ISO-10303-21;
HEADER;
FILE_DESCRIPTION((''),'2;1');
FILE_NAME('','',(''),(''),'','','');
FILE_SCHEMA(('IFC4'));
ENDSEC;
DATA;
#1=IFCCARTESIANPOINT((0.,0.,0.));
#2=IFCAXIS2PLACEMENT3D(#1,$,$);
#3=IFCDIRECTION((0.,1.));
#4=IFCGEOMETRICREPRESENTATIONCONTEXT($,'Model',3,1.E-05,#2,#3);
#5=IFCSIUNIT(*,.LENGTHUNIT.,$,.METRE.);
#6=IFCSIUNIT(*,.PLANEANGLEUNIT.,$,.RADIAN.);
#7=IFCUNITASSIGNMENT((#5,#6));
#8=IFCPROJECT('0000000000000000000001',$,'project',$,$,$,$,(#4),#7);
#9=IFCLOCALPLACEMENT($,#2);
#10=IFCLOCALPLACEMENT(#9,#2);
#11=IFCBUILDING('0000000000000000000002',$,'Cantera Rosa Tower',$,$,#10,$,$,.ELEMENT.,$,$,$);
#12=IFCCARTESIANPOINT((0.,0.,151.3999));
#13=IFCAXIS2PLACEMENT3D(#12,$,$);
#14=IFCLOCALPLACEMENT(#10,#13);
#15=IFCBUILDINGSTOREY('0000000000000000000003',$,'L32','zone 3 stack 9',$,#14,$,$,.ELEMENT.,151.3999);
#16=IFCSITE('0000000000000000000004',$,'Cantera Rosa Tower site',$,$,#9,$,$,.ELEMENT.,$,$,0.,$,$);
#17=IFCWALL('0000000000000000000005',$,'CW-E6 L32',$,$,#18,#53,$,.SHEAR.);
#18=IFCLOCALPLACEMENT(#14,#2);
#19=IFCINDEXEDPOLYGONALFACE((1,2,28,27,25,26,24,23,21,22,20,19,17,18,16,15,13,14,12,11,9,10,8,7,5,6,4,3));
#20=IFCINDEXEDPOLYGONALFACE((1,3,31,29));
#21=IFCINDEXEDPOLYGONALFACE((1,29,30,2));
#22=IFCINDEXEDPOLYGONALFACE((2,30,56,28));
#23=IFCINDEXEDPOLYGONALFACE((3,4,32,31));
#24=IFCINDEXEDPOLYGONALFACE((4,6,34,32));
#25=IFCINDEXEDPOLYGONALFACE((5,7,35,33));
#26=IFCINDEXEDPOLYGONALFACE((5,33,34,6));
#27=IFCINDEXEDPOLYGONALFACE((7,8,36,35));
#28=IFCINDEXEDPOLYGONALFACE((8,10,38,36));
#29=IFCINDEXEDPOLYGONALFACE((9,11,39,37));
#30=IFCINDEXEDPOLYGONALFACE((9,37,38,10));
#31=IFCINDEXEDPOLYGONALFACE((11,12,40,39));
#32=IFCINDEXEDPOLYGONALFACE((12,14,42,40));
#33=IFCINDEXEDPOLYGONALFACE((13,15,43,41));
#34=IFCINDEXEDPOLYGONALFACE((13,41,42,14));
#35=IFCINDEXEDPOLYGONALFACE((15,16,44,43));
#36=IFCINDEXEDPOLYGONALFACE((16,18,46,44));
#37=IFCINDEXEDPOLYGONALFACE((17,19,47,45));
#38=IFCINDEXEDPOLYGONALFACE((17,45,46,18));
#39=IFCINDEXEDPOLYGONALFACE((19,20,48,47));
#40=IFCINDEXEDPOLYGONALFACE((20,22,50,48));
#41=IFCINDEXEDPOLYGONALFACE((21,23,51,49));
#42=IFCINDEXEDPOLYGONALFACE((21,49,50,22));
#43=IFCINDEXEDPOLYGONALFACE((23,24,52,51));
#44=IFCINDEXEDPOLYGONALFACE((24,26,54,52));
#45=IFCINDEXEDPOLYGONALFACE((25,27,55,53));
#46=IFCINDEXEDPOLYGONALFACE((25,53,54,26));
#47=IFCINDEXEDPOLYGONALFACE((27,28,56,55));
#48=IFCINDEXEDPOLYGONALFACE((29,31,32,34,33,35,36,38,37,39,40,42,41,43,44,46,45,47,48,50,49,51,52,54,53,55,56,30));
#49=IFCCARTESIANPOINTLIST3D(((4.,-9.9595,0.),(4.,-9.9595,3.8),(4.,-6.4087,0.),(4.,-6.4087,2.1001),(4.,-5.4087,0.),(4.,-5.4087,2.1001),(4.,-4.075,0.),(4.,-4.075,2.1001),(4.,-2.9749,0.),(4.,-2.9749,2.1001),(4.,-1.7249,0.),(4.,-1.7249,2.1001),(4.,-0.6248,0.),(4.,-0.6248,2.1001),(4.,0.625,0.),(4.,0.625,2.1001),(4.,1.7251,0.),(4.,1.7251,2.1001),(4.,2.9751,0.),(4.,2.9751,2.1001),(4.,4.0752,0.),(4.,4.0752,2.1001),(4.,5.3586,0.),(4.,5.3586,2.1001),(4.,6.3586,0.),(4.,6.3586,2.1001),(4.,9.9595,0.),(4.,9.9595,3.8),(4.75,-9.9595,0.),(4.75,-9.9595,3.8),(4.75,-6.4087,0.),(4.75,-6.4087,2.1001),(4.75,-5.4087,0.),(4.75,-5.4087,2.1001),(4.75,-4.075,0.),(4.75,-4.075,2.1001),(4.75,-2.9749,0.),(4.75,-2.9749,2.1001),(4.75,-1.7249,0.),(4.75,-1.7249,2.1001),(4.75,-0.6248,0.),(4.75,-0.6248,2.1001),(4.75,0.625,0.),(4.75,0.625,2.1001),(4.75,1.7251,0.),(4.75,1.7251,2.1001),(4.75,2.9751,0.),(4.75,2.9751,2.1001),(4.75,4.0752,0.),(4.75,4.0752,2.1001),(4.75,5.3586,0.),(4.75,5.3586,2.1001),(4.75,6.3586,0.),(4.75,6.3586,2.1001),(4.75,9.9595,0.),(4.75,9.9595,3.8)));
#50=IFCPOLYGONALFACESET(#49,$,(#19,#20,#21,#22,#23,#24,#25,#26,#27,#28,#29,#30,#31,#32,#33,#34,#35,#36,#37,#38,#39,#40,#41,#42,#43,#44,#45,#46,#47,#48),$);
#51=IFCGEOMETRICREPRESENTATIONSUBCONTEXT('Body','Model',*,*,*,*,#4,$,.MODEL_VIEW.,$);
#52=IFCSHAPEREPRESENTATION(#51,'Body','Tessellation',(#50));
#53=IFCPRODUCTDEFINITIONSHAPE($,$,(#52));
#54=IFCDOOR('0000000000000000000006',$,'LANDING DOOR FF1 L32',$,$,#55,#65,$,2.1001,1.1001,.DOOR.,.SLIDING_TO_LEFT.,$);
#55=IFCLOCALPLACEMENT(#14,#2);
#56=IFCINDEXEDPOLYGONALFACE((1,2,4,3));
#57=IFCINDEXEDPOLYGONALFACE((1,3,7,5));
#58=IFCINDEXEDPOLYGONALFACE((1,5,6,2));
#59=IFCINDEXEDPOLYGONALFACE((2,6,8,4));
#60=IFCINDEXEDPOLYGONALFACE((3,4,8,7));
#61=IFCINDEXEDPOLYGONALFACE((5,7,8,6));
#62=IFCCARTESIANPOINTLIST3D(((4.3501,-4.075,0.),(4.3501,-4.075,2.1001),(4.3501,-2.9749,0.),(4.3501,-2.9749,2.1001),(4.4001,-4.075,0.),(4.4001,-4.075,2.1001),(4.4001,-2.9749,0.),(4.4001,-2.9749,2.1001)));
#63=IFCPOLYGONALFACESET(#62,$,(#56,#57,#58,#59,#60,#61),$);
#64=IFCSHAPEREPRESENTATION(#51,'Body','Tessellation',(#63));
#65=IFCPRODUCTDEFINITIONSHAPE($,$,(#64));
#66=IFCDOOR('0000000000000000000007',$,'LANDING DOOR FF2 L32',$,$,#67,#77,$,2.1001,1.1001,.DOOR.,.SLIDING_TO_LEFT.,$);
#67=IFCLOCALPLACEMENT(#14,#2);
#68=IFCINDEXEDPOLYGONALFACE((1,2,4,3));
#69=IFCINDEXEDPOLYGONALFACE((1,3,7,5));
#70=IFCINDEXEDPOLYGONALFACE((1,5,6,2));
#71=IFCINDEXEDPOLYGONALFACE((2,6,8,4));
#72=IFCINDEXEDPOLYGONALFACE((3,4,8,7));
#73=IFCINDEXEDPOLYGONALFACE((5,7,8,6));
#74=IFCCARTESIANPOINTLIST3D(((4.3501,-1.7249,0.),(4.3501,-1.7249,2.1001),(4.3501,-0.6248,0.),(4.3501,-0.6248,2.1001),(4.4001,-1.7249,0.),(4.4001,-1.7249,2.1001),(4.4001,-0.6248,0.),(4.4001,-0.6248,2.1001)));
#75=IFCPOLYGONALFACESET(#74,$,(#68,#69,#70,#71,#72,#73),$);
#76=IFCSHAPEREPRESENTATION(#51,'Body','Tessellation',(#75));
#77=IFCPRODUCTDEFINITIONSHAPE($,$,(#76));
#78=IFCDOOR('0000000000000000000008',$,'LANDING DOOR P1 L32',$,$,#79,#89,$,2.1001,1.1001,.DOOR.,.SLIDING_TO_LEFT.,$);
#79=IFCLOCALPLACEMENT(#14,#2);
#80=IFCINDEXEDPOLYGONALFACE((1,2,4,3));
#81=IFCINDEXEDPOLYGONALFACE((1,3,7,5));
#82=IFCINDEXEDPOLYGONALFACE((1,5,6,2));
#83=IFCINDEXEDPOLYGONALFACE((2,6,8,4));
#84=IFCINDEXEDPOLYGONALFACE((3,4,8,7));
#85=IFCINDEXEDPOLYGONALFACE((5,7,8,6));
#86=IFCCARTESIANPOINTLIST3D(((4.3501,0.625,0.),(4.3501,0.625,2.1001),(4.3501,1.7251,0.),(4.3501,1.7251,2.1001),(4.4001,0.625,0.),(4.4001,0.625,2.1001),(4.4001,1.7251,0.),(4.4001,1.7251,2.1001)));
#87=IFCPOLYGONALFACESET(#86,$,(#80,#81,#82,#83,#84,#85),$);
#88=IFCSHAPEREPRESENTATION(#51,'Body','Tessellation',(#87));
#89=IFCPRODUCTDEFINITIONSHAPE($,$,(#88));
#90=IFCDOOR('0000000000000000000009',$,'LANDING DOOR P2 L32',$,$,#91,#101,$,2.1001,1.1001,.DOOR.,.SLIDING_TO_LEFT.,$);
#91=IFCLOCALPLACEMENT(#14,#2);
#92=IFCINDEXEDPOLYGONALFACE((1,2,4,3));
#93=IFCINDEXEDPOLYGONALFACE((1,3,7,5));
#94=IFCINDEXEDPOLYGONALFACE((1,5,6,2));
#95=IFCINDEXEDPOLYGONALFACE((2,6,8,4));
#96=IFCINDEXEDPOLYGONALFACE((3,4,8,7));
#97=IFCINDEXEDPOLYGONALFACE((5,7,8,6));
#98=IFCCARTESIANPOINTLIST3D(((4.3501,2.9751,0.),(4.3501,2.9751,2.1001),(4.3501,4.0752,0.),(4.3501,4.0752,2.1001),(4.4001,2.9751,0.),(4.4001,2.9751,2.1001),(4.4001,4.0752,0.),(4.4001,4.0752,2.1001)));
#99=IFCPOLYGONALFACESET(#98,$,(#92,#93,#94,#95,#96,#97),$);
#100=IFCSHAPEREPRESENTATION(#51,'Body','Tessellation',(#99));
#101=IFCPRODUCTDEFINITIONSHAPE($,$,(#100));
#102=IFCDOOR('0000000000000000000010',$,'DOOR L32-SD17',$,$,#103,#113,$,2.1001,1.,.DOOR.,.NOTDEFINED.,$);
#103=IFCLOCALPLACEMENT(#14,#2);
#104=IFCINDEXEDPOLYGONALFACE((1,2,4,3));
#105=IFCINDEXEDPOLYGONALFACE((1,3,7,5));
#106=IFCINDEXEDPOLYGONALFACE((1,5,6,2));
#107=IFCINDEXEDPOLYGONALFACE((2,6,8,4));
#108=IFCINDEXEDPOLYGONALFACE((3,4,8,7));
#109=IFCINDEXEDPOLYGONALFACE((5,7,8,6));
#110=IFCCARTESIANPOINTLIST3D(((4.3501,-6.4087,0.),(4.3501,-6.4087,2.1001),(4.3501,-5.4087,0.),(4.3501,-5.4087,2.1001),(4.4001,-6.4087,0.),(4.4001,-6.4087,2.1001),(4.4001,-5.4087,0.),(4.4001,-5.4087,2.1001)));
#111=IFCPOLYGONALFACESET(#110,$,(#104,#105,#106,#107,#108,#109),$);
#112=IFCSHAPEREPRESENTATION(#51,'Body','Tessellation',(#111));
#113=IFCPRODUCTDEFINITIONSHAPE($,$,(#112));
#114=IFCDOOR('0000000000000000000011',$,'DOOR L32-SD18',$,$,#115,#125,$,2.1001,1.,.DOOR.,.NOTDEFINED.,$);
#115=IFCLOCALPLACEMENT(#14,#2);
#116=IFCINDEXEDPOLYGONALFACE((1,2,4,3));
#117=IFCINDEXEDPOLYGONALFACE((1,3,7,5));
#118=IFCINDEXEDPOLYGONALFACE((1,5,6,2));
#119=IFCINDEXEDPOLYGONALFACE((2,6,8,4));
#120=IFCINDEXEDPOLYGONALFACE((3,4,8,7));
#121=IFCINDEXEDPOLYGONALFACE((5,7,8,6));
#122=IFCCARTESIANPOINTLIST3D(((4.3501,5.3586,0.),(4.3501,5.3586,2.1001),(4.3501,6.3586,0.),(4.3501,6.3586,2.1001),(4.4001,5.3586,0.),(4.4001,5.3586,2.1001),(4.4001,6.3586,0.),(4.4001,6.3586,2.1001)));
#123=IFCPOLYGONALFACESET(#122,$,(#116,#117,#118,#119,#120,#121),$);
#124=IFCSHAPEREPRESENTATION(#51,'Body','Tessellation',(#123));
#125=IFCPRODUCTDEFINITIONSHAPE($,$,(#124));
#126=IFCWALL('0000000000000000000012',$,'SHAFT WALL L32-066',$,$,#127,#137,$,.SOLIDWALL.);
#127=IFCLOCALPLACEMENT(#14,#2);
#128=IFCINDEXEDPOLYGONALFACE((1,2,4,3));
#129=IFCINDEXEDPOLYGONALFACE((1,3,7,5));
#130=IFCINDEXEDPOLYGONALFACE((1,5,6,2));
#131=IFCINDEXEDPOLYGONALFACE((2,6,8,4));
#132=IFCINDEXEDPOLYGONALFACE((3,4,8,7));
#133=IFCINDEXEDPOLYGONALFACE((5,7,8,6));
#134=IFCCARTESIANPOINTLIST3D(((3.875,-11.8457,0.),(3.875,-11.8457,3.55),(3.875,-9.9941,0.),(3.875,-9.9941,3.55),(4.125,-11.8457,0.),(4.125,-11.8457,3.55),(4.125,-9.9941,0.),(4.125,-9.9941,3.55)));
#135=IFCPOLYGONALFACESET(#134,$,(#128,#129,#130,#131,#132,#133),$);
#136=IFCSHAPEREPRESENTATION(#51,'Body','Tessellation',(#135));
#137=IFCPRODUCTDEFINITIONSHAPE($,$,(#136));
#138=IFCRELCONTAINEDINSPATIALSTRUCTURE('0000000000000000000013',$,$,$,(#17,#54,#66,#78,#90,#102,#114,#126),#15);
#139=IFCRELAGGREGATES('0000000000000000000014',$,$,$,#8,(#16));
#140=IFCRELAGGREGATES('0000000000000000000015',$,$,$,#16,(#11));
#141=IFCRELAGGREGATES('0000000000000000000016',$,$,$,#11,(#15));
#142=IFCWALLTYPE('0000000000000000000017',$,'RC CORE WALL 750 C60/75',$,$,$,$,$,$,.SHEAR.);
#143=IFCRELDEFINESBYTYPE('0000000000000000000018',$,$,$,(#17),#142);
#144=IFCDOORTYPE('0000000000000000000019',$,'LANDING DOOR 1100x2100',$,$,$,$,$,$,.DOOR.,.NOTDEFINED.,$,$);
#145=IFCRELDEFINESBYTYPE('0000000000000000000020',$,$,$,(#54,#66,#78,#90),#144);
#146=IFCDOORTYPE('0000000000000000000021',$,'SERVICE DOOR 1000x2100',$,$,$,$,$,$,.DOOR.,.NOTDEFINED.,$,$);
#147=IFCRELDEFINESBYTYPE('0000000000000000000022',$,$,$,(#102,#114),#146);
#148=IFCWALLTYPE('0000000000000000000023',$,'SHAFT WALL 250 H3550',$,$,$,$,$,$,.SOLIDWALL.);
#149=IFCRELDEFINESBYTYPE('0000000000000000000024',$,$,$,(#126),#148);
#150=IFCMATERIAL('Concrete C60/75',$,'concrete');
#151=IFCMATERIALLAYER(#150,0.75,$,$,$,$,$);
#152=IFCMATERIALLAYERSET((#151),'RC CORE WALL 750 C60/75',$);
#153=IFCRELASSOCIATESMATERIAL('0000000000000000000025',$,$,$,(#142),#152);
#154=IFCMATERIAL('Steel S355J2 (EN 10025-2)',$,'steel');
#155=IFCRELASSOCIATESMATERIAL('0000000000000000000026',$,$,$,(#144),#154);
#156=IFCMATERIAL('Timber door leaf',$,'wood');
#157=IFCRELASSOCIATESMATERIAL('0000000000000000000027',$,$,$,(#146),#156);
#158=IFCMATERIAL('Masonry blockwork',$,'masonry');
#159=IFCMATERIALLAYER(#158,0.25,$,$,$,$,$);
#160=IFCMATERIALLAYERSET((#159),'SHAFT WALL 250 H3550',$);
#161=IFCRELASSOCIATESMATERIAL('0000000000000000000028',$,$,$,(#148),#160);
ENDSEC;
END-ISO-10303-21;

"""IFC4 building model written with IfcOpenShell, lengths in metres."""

from ifc_helpers import new_model, si_unit, direction, frame, frame_2d, origin, place, context, subcontext, project, spatial, rectangle, extrude, material, layer, layer_set, type_object, element, fill, save


model = new_model("IFC4")

# Units and contexts
model_context = context("Model", 3, precision=1e-05, world=origin(), true_north=direction((0.0, 1.0)))
body_context = subcontext(model_context, "Body", "Model", "MODEL_VIEW")
ifc_project = project(units=[si_unit("LENGTHUNIT", "METRE"), si_unit("PLANEANGLEUNIT", "RADIAN")], contexts=[model_context])

# Site, building, storey
site_placement = place(None, origin())
site = spatial("IfcSite", under=ifc_project, at=site_placement, Name="Cantera Rosa Tower site", CompositionType="ELEMENT", RefElevation=0.0)
building_placement = place(site_placement, origin())
building = spatial("IfcBuilding", under=site, at=building_placement, Name="Cantera Rosa Tower", CompositionType="ELEMENT")
storey_placement = place(building_placement, frame((0.0, 0.0, 151.3999)))
storey = spatial("IfcBuildingStorey", under=building, at=storey_placement, Name="L32", Description="zone 3 stack 9", CompositionType="ELEMENT", Elevation=151.3999)

# Shared definitions
ifc_material_1 = material(Name="Concrete C60/75", Category="concrete")
ifc_layer_1 = layer(ifc_material_1, 0.75)
ifc_layer_set_1 = layer_set([ifc_layer_1], Name="RC CORE WALL 750 C60/75")
wall_type_1 = type_object("IfcWallType", Name="RC CORE WALL 750 C60/75", PredefinedType="SHEAR", material=ifc_layer_set_1)

# Wall, openings, doors
wall_1_placement = place(storey_placement, frame((4.375, -9.9595, 0.0), z_axis=(0.0, 0.0, 1.0), x_axis=(0.0, 1.0, 0.0)))
wall_1 = element("IfcWall", 1, at=wall_1_placement, inside=storey, type_object=wall_type_1, Name="CW-E6 L32", PredefinedType="SHEAR", context=body_context, shape_type="SweptSolid", body=[
    extrude(rectangle(XDim=19.9189, YDim=0.75, at=frame_2d((9.9595, 0.0))), origin(), (0.0, 0.0, 1.0), 3.8),
])
opening_1_placement = place(wall_1_placement, frame((5.8845, 0.0, 0.0)))
opening_1 = element("IfcOpeningElement", 2, at=opening_1_placement, cuts=wall_1, PredefinedType="OPENING", context=body_context, shape_type="SweptSolid", body=[
    extrude(rectangle(XDim=1.1001, YDim=2.1001, at=frame_2d((0.55, 1.05))), frame((0.0, 0.385, 0.0), z_axis=(0.0, -1.0, 0.0), x_axis=(1.0, 0.0, 0.0)), (0.0, 0.0, 1.0), 0.77),
])
opening_2_placement = place(wall_1_placement, frame((8.2346, 0.0, 0.0)))
opening_2 = element("IfcOpeningElement", 3, at=opening_2_placement, cuts=wall_1, PredefinedType="OPENING", context=body_context, shape_type="SweptSolid", body=[
    extrude(rectangle(XDim=1.1001, YDim=2.1001, at=frame_2d((0.55, 1.05))), frame((0.0, 0.385, 0.0), z_axis=(0.0, -1.0, 0.0), x_axis=(1.0, 0.0, 0.0)), (0.0, 0.0, 1.0), 0.77),
])
opening_3_placement = place(wall_1_placement, frame((10.5845, 0.0, 0.0)))
opening_3 = element("IfcOpeningElement", 4, at=opening_3_placement, cuts=wall_1, PredefinedType="OPENING", context=body_context, shape_type="SweptSolid", body=[
    extrude(rectangle(XDim=1.1001, YDim=2.1001, at=frame_2d((0.55, 1.05))), frame((0.0, 0.385, 0.0), z_axis=(0.0, -1.0, 0.0), x_axis=(1.0, 0.0, 0.0)), (0.0, 0.0, 1.0), 0.77),
])
opening_4_placement = place(wall_1_placement, frame((12.9346, 0.0, 0.0)))
opening_4 = element("IfcOpeningElement", 5, at=opening_4_placement, cuts=wall_1, PredefinedType="OPENING", context=body_context, shape_type="SweptSolid", body=[
    extrude(rectangle(XDim=1.1001, YDim=2.1001, at=frame_2d((0.55, 1.05))), frame((0.0, 0.385, 0.0), z_axis=(0.0, -1.0, 0.0), x_axis=(1.0, 0.0, 0.0)), (0.0, 0.0, 1.0), 0.77),
])
opening_5_placement = place(wall_1_placement, frame((3.5508, 0.0, 0.0)))
opening_5 = element("IfcOpeningElement", 6, at=opening_5_placement, cuts=wall_1, PredefinedType="OPENING", context=body_context, shape_type="SweptSolid", body=[
    extrude(rectangle(XDim=1.0, YDim=2.1001, at=frame_2d((0.5, 1.05))), frame((0.0, 0.385, 0.0), z_axis=(0.0, -1.0, 0.0), x_axis=(1.0, 0.0, 0.0)), (0.0, 0.0, 1.0), 0.77),
])
opening_6_placement = place(wall_1_placement, frame((15.3181, 0.0, 0.0)))
opening_6 = element("IfcOpeningElement", 7, at=opening_6_placement, cuts=wall_1, PredefinedType="OPENING", context=body_context, shape_type="SweptSolid", body=[
    extrude(rectangle(XDim=1.0, YDim=2.1001, at=frame_2d((0.5, 1.05))), frame((0.0, 0.385, 0.0), z_axis=(0.0, -1.0, 0.0), x_axis=(1.0, 0.0, 0.0)), (0.0, 0.0, 1.0), 0.77),
])
ifc_material_2 = material(Name="Steel S355J2 (EN 10025-2)", Category="steel")
door_type_1 = type_object("IfcDoorType", Name="LANDING DOOR 1100x2100", OperationType="NOTDEFINED", PredefinedType="DOOR", material=ifc_material_2)
door_1_placement = place(opening_1_placement, origin())
door_1 = element("IfcDoor", 8, at=door_1_placement, inside=storey, type_object=door_type_1, Name="LANDING DOOR FF1 L32", OperationType="SLIDING_TO_LEFT", OverallHeight=2.1001, OverallWidth=1.1001, PredefinedType="DOOR", context=body_context, shape_type="SweptSolid", body=[
    extrude(rectangle(XDim=1.1001, YDim=2.1001, at=frame_2d((0.55, 1.05))), frame((0.0, 0.0249, 0.0), z_axis=(0.0, -1.0, 0.0), x_axis=(1.0, 0.0, 0.0)), (0.0, 0.0, 1.0), 0.05),
])
fill(opening_1, door_1)
door_2_placement = place(opening_2_placement, origin())
door_2 = element("IfcDoor", 9, at=door_2_placement, inside=storey, type_object=door_type_1, Name="LANDING DOOR FF2 L32", OperationType="SLIDING_TO_LEFT", OverallHeight=2.1001, OverallWidth=1.1001, PredefinedType="DOOR", context=body_context, shape_type="SweptSolid", body=[
    extrude(rectangle(XDim=1.1001, YDim=2.1001, at=frame_2d((0.55, 1.05))), frame((0.0, 0.0249, 0.0), z_axis=(0.0, -1.0, 0.0), x_axis=(1.0, 0.0, 0.0)), (0.0, 0.0, 1.0), 0.05),
])
fill(opening_2, door_2)
door_3_placement = place(opening_3_placement, origin())
door_3 = element("IfcDoor", 10, at=door_3_placement, inside=storey, type_object=door_type_1, Name="LANDING DOOR P1 L32", OperationType="SLIDING_TO_LEFT", OverallHeight=2.1001, OverallWidth=1.1001, PredefinedType="DOOR", context=body_context, shape_type="SweptSolid", body=[
    extrude(rectangle(XDim=1.1001, YDim=2.1001, at=frame_2d((0.55, 1.05))), frame((0.0, 0.0249, 0.0), z_axis=(0.0, -1.0, 0.0), x_axis=(1.0, 0.0, 0.0)), (0.0, 0.0, 1.0), 0.05),
])
fill(opening_3, door_3)
door_4_placement = place(opening_4_placement, origin())
door_4 = element("IfcDoor", 11, at=door_4_placement, inside=storey, type_object=door_type_1, Name="LANDING DOOR P2 L32", OperationType="SLIDING_TO_LEFT", OverallHeight=2.1001, OverallWidth=1.1001, PredefinedType="DOOR", context=body_context, shape_type="SweptSolid", body=[
    extrude(rectangle(XDim=1.1001, YDim=2.1001, at=frame_2d((0.55, 1.05))), frame((0.0, 0.0249, 0.0), z_axis=(0.0, -1.0, 0.0), x_axis=(1.0, 0.0, 0.0)), (0.0, 0.0, 1.0), 0.05),
])
fill(opening_4, door_4)
ifc_material_3 = material(Name="Timber door leaf", Category="wood")
door_type_2 = type_object("IfcDoorType", Name="SERVICE DOOR 1000x2100", OperationType="NOTDEFINED", PredefinedType="DOOR", material=ifc_material_3)
door_5_placement = place(opening_5_placement, origin())
door_5 = element("IfcDoor", 12, at=door_5_placement, inside=storey, type_object=door_type_2, Name="DOOR L32-SD17", OperationType="NOTDEFINED", OverallHeight=2.1001, OverallWidth=1.0, PredefinedType="DOOR", context=body_context, shape_type="SweptSolid", body=[
    extrude(rectangle(XDim=1.0, YDim=2.1001, at=frame_2d((0.5, 1.05))), frame((0.0, 0.0249, 0.0), z_axis=(0.0, -1.0, 0.0), x_axis=(1.0, 0.0, 0.0)), (0.0, 0.0, 1.0), 0.05),
])
fill(opening_5, door_5)
door_6_placement = place(opening_6_placement, origin())
door_6 = element("IfcDoor", 13, at=door_6_placement, inside=storey, type_object=door_type_2, Name="DOOR L32-SD18", OperationType="NOTDEFINED", OverallHeight=2.1001, OverallWidth=1.0, PredefinedType="DOOR", context=body_context, shape_type="SweptSolid", body=[
    extrude(rectangle(XDim=1.0, YDim=2.1001, at=frame_2d((0.5, 1.05))), frame((0.0, 0.0249, 0.0), z_axis=(0.0, -1.0, 0.0), x_axis=(1.0, 0.0, 0.0)), (0.0, 0.0, 1.0), 0.05),
])
fill(opening_6, door_6)

# Wall
ifc_material_4 = material(Name="Masonry blockwork", Category="masonry")
ifc_layer_2 = layer(ifc_material_4, 0.25)
ifc_layer_set_2 = layer_set([ifc_layer_2], Name="SHAFT WALL 250 H3550")
wall_type_2 = type_object("IfcWallType", Name="SHAFT WALL 250 H3550", PredefinedType="SOLIDWALL", material=ifc_layer_set_2)
wall_2_placement = place(storey_placement, frame((4.0, -11.8457, 0.0), z_axis=(0.0, 0.0, 1.0), x_axis=(0.0, 1.0, 0.0)))
element("IfcWall", 14, at=wall_2_placement, inside=storey, type_object=wall_type_2, Name="SHAFT WALL L32-066", PredefinedType="SOLIDWALL", context=body_context, shape_type="SweptSolid", body=[
    extrude(rectangle(XDim=1.8516, YDim=0.25, at=frame_2d((0.9258, 0.0))), origin(), (0.0, 0.0, 1.0), 3.55),
])

save(model, "model.ifc")
